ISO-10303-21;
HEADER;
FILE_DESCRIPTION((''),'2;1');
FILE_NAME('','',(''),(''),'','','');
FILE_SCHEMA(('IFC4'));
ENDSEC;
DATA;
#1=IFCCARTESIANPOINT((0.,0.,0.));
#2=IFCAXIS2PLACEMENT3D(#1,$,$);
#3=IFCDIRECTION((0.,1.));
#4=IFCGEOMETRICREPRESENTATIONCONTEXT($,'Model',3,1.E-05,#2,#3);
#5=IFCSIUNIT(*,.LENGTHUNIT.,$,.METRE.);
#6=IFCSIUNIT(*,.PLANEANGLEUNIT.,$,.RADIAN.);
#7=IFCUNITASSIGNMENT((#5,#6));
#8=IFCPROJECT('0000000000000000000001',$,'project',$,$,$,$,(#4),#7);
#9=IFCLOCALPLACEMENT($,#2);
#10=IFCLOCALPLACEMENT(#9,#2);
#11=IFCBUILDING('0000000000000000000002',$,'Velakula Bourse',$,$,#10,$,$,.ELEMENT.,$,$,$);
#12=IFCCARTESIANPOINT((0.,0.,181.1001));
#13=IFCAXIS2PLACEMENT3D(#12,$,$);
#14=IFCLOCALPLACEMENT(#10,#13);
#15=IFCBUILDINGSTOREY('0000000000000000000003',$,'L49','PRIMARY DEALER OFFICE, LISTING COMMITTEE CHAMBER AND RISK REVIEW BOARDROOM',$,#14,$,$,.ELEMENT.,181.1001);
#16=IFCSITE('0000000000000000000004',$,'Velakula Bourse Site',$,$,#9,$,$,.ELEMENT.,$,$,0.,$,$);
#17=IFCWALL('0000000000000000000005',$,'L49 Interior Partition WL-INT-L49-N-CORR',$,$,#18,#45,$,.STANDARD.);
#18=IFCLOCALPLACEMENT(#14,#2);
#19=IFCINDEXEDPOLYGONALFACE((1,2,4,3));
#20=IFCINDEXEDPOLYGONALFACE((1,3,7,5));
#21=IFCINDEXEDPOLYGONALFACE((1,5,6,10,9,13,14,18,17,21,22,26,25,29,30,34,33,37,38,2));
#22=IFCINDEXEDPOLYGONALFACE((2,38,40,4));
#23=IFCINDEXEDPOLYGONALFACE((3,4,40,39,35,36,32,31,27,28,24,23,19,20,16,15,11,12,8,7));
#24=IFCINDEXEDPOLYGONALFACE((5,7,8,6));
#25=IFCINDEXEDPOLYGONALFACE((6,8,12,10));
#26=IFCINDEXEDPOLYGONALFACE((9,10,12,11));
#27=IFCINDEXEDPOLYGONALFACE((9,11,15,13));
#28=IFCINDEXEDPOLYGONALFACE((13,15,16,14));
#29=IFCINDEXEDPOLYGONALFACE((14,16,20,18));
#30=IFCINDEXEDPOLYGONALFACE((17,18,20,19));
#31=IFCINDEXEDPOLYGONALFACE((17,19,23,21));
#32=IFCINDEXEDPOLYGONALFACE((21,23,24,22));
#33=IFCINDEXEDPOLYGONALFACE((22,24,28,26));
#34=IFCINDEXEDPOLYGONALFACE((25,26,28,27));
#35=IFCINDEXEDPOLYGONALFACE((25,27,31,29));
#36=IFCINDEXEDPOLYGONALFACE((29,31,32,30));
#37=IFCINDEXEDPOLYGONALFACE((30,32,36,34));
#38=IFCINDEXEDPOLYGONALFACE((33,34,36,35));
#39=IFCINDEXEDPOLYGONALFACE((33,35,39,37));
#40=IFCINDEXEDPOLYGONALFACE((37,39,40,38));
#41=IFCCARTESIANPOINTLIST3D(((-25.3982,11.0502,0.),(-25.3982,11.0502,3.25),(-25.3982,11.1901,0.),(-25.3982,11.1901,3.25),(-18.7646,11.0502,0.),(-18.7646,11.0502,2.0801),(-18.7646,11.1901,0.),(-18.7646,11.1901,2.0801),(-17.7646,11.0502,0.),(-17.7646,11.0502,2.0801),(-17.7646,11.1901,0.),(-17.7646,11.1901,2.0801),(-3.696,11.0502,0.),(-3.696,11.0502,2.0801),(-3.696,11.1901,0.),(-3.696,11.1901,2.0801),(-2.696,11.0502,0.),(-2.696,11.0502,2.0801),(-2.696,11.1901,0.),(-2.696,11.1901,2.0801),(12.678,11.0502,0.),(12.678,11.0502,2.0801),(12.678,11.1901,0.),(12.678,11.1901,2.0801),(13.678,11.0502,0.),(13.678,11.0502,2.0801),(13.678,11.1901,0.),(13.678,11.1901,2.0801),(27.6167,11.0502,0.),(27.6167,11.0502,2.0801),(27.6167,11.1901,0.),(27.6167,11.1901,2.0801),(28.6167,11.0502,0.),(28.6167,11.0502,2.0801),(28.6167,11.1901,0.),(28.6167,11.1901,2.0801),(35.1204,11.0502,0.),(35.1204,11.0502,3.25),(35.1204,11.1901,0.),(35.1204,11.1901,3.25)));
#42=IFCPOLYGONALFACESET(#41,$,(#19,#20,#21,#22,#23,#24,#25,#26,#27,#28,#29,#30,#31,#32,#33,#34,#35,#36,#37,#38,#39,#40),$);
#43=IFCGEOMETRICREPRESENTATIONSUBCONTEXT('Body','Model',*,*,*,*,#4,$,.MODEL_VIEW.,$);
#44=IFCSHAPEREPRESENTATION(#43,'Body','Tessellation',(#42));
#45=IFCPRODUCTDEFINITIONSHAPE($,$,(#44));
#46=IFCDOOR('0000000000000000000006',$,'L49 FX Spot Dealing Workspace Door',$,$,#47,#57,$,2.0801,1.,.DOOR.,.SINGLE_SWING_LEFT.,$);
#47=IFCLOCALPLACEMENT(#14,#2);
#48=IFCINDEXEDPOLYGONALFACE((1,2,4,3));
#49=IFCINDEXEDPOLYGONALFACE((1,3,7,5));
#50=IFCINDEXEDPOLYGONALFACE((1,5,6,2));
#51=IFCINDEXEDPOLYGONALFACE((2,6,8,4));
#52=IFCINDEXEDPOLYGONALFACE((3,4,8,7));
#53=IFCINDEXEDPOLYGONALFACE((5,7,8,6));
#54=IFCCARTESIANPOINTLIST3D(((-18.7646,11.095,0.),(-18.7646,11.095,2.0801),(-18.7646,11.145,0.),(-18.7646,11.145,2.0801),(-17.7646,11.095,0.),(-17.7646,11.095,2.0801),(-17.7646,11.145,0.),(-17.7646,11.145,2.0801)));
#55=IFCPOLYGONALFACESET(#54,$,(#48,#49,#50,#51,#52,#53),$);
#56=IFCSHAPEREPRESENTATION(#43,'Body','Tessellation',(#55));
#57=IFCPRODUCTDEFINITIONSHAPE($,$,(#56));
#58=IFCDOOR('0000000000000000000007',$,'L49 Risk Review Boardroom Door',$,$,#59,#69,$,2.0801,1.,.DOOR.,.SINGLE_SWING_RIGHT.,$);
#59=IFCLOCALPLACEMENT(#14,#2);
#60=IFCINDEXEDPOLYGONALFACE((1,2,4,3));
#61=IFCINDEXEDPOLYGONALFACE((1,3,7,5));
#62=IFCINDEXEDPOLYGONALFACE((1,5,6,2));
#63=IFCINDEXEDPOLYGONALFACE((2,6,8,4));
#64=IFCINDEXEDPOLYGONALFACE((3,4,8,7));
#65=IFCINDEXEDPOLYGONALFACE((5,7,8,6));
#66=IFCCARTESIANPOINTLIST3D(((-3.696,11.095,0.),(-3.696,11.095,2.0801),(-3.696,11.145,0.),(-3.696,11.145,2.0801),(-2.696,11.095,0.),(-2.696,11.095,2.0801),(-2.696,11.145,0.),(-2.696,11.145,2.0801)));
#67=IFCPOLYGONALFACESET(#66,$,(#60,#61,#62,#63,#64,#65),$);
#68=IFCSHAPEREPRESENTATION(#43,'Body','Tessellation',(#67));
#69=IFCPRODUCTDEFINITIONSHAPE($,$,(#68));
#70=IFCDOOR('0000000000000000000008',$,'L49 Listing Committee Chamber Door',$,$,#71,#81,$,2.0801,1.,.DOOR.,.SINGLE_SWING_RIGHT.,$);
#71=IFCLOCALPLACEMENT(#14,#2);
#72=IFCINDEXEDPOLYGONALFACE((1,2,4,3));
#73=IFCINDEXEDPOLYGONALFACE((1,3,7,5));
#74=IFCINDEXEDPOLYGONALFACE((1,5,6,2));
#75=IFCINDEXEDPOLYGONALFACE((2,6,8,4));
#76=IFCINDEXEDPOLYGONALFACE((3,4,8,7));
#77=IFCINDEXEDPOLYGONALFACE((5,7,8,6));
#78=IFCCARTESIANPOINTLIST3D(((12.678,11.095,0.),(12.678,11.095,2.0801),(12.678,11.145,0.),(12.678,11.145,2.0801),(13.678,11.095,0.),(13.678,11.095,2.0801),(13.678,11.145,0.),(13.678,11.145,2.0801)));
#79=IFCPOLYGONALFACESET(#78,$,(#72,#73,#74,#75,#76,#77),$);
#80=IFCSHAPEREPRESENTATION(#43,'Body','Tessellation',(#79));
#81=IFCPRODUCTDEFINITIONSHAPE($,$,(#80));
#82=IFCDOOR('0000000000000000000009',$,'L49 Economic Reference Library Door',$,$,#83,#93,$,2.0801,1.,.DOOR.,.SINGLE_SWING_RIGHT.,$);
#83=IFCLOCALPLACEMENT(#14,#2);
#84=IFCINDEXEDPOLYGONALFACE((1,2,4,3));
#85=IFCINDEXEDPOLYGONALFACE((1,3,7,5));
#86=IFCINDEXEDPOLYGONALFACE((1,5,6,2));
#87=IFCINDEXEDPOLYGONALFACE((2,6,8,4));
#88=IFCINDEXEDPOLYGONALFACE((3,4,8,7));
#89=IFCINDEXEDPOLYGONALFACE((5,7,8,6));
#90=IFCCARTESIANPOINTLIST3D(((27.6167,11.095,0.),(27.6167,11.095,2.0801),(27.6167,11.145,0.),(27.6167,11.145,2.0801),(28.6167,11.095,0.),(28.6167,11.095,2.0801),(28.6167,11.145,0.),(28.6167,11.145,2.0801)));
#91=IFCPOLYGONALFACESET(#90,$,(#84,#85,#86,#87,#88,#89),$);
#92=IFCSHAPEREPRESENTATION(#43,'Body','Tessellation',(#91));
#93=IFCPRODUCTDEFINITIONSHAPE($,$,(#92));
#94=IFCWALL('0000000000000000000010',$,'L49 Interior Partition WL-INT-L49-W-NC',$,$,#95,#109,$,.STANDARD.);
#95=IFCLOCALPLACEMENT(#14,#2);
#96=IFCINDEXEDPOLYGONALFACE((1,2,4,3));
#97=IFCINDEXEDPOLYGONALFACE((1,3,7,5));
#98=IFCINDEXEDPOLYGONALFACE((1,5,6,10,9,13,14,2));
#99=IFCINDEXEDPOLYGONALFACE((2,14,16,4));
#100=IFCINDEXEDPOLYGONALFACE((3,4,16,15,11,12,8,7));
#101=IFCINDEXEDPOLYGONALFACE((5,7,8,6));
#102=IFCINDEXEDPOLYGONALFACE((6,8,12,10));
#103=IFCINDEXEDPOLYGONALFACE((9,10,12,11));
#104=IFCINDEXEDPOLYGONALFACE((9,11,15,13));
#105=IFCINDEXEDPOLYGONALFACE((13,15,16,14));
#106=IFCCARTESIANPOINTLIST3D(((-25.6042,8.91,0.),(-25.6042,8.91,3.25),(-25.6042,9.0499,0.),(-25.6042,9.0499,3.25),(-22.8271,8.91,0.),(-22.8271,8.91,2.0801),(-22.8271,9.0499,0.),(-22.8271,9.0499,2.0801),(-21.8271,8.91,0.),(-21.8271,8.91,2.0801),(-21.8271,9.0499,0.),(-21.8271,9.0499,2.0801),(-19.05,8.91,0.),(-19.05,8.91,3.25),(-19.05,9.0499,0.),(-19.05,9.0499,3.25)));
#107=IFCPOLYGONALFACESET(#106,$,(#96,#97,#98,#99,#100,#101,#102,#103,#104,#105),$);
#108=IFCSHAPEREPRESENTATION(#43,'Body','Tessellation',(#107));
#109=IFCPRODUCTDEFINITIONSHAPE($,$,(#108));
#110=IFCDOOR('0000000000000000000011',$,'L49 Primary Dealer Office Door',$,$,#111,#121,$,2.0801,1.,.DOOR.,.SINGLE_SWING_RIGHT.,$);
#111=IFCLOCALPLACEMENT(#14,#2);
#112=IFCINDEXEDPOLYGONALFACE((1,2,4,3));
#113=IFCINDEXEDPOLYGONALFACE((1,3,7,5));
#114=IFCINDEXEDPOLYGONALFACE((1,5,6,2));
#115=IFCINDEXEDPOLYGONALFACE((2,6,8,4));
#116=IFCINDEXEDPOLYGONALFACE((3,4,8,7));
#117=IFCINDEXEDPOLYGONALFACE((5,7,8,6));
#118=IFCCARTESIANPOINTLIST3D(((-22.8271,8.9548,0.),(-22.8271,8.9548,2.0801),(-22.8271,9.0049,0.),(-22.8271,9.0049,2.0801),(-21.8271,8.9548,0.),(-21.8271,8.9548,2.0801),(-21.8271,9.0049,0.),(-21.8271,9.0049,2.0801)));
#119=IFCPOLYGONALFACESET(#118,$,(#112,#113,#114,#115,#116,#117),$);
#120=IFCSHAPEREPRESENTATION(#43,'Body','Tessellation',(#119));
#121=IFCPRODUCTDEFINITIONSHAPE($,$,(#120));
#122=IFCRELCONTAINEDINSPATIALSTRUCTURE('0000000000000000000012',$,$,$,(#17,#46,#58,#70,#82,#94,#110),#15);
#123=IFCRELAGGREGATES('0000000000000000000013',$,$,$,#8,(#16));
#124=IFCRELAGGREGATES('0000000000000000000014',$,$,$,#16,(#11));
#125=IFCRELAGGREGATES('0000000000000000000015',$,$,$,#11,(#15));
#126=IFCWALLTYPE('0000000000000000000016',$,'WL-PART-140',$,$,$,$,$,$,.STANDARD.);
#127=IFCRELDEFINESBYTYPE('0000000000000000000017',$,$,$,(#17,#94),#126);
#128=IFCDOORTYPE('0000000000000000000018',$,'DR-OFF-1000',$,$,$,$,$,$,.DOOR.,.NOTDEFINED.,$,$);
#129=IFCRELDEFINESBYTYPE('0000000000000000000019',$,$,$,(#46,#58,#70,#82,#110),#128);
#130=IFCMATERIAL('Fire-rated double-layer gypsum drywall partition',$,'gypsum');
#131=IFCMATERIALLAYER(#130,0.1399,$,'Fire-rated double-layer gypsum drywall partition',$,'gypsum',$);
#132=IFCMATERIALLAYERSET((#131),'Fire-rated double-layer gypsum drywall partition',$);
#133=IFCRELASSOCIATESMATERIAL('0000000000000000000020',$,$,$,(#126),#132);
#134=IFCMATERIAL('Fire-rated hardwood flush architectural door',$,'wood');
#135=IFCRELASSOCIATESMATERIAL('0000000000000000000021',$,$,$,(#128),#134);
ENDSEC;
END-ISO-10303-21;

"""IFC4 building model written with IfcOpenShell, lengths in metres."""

from ifc_helpers import new_model, si_unit, direction, frame, frame_2d, origin, place, context, subcontext, project, spatial, rectangle, extrude, material, layer, layer_set, type_object, element, fill, save


model = new_model("IFC4")

# Units and contexts
model_context = context("Model", 3, precision=1e-05, world=origin(), true_north=direction((0.0, 1.0)))
body_context = subcontext(model_context, "Body", "Model", "MODEL_VIEW")
ifc_project = project(units=[si_unit("LENGTHUNIT", "METRE"), si_unit("PLANEANGLEUNIT", "RADIAN")], contexts=[model_context])

# Site, building, storey
site_placement = place(None, origin())
site = spatial("IfcSite", under=ifc_project, at=site_placement, Name="Velakula Bourse Site", CompositionType="ELEMENT", RefElevation=0.0)
building_placement = place(site_placement, origin())
building = spatial("IfcBuilding", under=site, at=building_placement, Name="Velakula Bourse", CompositionType="ELEMENT")
storey_placement = place(building_placement, frame((0.0, 0.0, 181.1001)))
storey = spatial("IfcBuildingStorey", under=building, at=storey_placement, Name="L49", Description="PRIMARY DEALER OFFICE, LISTING COMMITTEE CHAMBER AND RISK REVIEW BOARDROOM", CompositionType="ELEMENT", Elevation=181.1001)

# Shared definitions
ifc_material_1 = material(Name="Fire-rated hardwood flush architectural door", Category="wood")

# Wall, openings, doors
ifc_material_2 = material(Name="Fire-rated double-layer gypsum drywall partition", Category="gypsum")
ifc_layer_1 = layer(ifc_material_2, 0.1399, Name="Fire-rated double-layer gypsum drywall partition", Category="gypsum")
ifc_layer_set_1 = layer_set([ifc_layer_1], Name="Fire-rated double-layer gypsum drywall partition")
wall_type_1 = type_object("IfcWallType", Name="WL-PART-140", PredefinedType="STANDARD", material=ifc_layer_set_1)
wall_1_placement = place(storey_placement, frame((-25.3982, 11.1201, 0.0), z_axis=(0.0, 0.0, 1.0), x_axis=(1.0, 0.0, 0.0)))
wall_1 = element("IfcWall", 1, at=wall_1_placement, inside=storey, type_object=wall_type_1, Name="L49 Interior Partition WL-INT-L49-N-CORR", PredefinedType="STANDARD", context=body_context, shape_type="SweptSolid", body=[
    extrude(rectangle(XDim=60.5186, YDim=0.1399, at=frame_2d((30.2593, 0.0))), origin(), (0.0, 0.0, 1.0), 3.25),
])
opening_1_placement = place(wall_1_placement, frame((6.6335, 0.0, 0.0)))
opening_1 = element("IfcOpeningElement", 2, at=opening_1_placement, cuts=wall_1, PredefinedType="OPENING", context=body_context, shape_type="SweptSolid", body=[
    extrude(rectangle(XDim=1.0, YDim=2.0801, at=frame_2d((0.5, 1.04))), frame((0.0, 0.0798, 0.0), z_axis=(0.0, -1.0, 0.0), x_axis=(1.0, 0.0, 0.0)), (0.0, 0.0, 1.0), 0.1599),
])
opening_2_placement = place(wall_1_placement, frame((21.7021, 0.0, 0.0)))
opening_2 = element("IfcOpeningElement", 3, at=opening_2_placement, cuts=wall_1, PredefinedType="OPENING", context=body_context, shape_type="SweptSolid", body=[
    extrude(rectangle(XDim=1.0, YDim=2.0801, at=frame_2d((0.5, 1.04))), frame((0.0, 0.0798, 0.0), z_axis=(0.0, -1.0, 0.0), x_axis=(1.0, 0.0, 0.0)), (0.0, 0.0, 1.0), 0.1599),
])
opening_3_placement = place(wall_1_placement, frame((38.0762, 0.0, 0.0)))
opening_3 = element("IfcOpeningElement", 4, at=opening_3_placement, cuts=wall_1, PredefinedType="OPENING", context=body_context, shape_type="SweptSolid", body=[
    extrude(rectangle(XDim=1.0, YDim=2.0801, at=frame_2d((0.5, 1.04))), frame((0.0, 0.0798, 0.0), z_axis=(0.0, -1.0, 0.0), x_axis=(1.0, 0.0, 0.0)), (0.0, 0.0, 1.0), 0.1599),
])
opening_4_placement = place(wall_1_placement, frame((53.0149, 0.0, 0.0)))
opening_4 = element("IfcOpeningElement", 5, at=opening_4_placement, cuts=wall_1, PredefinedType="OPENING", context=body_context, shape_type="SweptSolid", body=[
    extrude(rectangle(XDim=1.0, YDim=2.0801, at=frame_2d((0.5, 1.04))), frame((0.0, 0.0798, 0.0), z_axis=(0.0, -1.0, 0.0), x_axis=(1.0, 0.0, 0.0)), (0.0, 0.0, 1.0), 0.1599),
])
door_type_1 = type_object("IfcDoorType", Name="DR-OFF-1000", OperationType="NOTDEFINED", PredefinedType="DOOR", material=ifc_material_1)
door_1_placement = place(opening_1_placement, origin())
door_1 = element("IfcDoor", 6, at=door_1_placement, inside=storey, type_object=door_type_1, Name="L49 FX Spot Dealing Workspace Door", OperationType="SINGLE_SWING_LEFT", OverallHeight=2.0801, OverallWidth=1.0, PredefinedType="DOOR", context=body_context, shape_type="SweptSolid", body=[
    extrude(rectangle(XDim=1.0, YDim=2.0801, at=frame_2d((0.5, 1.04))), frame((0.0, 0.0249, 0.0), z_axis=(0.0, -1.0, 0.0), x_axis=(1.0, 0.0, 0.0)), (0.0, 0.0, 1.0), 0.05),
])
fill(opening_1, door_1)
door_2_placement = place(opening_2_placement, origin())
door_2 = element("IfcDoor", 7, at=door_2_placement, inside=storey, type_object=door_type_1, Name="L49 Risk Review Boardroom Door", OperationType="SINGLE_SWING_RIGHT", OverallHeight=2.0801, OverallWidth=1.0, PredefinedType="DOOR", context=body_context, shape_type="SweptSolid", body=[
    extrude(rectangle(XDim=1.0, YDim=2.0801, at=frame_2d((0.5, 1.04))), frame((0.0, 0.0249, 0.0), z_axis=(0.0, -1.0, 0.0), x_axis=(1.0, 0.0, 0.0)), (0.0, 0.0, 1.0), 0.05),
])
fill(opening_2, door_2)
door_3_placement = place(opening_3_placement, origin())
door_3 = element("IfcDoor", 8, at=door_3_placement, inside=storey, type_object=door_type_1, Name="L49 Listing Committee Chamber Door", OperationType="SINGLE_SWING_RIGHT", OverallHeight=2.0801, OverallWidth=1.0, PredefinedType="DOOR", context=body_context, shape_type="SweptSolid", body=[
    extrude(rectangle(XDim=1.0, YDim=2.0801, at=frame_2d((0.5, 1.04))), frame((0.0, 0.0249, 0.0), z_axis=(0.0, -1.0, 0.0), x_axis=(1.0, 0.0, 0.0)), (0.0, 0.0, 1.0), 0.05),
])
fill(opening_3, door_3)
door_4_placement = place(opening_4_placement, origin())
door_4 = element("IfcDoor", 9, at=door_4_placement, inside=storey, type_object=door_type_1, Name="L49 Economic Reference Library Door", OperationType="SINGLE_SWING_RIGHT", OverallHeight=2.0801, OverallWidth=1.0, PredefinedType="DOOR", context=body_context, shape_type="SweptSolid", body=[
    extrude(rectangle(XDim=1.0, YDim=2.0801, at=frame_2d((0.5, 1.04))), frame((0.0, 0.0249, 0.0), z_axis=(0.0, -1.0, 0.0), x_axis=(1.0, 0.0, 0.0)), (0.0, 0.0, 1.0), 0.05),
])
fill(opening_4, door_4)

# Wall, opening, door
wall_2_placement = place(storey_placement, frame((-25.6042, 8.98, 0.0), z_axis=(0.0, 0.0, 1.0), x_axis=(1.0, 0.0, 0.0)))
wall_2 = element("IfcWall", 10, at=wall_2_placement, inside=storey, type_object=wall_type_1, Name="L49 Interior Partition WL-INT-L49-W-NC", PredefinedType="STANDARD", context=body_context, shape_type="SweptSolid", body=[
    extrude(rectangle(XDim=6.5542, YDim=0.1399, at=frame_2d((3.2771, 0.0))), origin(), (0.0, 0.0, 1.0), 3.25),
])
opening_5_placement = place(wall_2_placement, frame((2.7771, 0.0, 0.0)))
opening_5 = element("IfcOpeningElement", 11, at=opening_5_placement, cuts=wall_2, PredefinedType="OPENING", context=body_context, shape_type="SweptSolid", body=[
    extrude(rectangle(XDim=1.0, YDim=2.0801, at=frame_2d((0.5, 1.04))), frame((0.0, 0.0798, 0.0), z_axis=(0.0, -1.0, 0.0), x_axis=(1.0, 0.0, 0.0)), (0.0, 0.0, 1.0), 0.1599),
])
door_5_placement = place(opening_5_placement, origin())
door_5 = element("IfcDoor", 12, at=door_5_placement, inside=storey, type_object=door_type_1, Name="L49 Primary Dealer Office Door", OperationType="SINGLE_SWING_RIGHT", OverallHeight=2.0801, OverallWidth=1.0, PredefinedType="DOOR", context=body_context, shape_type="SweptSolid", body=[
    extrude(rectangle(XDim=1.0, YDim=2.0801, at=frame_2d((0.5, 1.04))), frame((0.0, 0.0249, 0.0), z_axis=(0.0, -1.0, 0.0), x_axis=(1.0, 0.0, 0.0)), (0.0, 0.0, 1.0), 0.05),
])
fill(opening_5, door_5)

save(model, "model.ifc")
